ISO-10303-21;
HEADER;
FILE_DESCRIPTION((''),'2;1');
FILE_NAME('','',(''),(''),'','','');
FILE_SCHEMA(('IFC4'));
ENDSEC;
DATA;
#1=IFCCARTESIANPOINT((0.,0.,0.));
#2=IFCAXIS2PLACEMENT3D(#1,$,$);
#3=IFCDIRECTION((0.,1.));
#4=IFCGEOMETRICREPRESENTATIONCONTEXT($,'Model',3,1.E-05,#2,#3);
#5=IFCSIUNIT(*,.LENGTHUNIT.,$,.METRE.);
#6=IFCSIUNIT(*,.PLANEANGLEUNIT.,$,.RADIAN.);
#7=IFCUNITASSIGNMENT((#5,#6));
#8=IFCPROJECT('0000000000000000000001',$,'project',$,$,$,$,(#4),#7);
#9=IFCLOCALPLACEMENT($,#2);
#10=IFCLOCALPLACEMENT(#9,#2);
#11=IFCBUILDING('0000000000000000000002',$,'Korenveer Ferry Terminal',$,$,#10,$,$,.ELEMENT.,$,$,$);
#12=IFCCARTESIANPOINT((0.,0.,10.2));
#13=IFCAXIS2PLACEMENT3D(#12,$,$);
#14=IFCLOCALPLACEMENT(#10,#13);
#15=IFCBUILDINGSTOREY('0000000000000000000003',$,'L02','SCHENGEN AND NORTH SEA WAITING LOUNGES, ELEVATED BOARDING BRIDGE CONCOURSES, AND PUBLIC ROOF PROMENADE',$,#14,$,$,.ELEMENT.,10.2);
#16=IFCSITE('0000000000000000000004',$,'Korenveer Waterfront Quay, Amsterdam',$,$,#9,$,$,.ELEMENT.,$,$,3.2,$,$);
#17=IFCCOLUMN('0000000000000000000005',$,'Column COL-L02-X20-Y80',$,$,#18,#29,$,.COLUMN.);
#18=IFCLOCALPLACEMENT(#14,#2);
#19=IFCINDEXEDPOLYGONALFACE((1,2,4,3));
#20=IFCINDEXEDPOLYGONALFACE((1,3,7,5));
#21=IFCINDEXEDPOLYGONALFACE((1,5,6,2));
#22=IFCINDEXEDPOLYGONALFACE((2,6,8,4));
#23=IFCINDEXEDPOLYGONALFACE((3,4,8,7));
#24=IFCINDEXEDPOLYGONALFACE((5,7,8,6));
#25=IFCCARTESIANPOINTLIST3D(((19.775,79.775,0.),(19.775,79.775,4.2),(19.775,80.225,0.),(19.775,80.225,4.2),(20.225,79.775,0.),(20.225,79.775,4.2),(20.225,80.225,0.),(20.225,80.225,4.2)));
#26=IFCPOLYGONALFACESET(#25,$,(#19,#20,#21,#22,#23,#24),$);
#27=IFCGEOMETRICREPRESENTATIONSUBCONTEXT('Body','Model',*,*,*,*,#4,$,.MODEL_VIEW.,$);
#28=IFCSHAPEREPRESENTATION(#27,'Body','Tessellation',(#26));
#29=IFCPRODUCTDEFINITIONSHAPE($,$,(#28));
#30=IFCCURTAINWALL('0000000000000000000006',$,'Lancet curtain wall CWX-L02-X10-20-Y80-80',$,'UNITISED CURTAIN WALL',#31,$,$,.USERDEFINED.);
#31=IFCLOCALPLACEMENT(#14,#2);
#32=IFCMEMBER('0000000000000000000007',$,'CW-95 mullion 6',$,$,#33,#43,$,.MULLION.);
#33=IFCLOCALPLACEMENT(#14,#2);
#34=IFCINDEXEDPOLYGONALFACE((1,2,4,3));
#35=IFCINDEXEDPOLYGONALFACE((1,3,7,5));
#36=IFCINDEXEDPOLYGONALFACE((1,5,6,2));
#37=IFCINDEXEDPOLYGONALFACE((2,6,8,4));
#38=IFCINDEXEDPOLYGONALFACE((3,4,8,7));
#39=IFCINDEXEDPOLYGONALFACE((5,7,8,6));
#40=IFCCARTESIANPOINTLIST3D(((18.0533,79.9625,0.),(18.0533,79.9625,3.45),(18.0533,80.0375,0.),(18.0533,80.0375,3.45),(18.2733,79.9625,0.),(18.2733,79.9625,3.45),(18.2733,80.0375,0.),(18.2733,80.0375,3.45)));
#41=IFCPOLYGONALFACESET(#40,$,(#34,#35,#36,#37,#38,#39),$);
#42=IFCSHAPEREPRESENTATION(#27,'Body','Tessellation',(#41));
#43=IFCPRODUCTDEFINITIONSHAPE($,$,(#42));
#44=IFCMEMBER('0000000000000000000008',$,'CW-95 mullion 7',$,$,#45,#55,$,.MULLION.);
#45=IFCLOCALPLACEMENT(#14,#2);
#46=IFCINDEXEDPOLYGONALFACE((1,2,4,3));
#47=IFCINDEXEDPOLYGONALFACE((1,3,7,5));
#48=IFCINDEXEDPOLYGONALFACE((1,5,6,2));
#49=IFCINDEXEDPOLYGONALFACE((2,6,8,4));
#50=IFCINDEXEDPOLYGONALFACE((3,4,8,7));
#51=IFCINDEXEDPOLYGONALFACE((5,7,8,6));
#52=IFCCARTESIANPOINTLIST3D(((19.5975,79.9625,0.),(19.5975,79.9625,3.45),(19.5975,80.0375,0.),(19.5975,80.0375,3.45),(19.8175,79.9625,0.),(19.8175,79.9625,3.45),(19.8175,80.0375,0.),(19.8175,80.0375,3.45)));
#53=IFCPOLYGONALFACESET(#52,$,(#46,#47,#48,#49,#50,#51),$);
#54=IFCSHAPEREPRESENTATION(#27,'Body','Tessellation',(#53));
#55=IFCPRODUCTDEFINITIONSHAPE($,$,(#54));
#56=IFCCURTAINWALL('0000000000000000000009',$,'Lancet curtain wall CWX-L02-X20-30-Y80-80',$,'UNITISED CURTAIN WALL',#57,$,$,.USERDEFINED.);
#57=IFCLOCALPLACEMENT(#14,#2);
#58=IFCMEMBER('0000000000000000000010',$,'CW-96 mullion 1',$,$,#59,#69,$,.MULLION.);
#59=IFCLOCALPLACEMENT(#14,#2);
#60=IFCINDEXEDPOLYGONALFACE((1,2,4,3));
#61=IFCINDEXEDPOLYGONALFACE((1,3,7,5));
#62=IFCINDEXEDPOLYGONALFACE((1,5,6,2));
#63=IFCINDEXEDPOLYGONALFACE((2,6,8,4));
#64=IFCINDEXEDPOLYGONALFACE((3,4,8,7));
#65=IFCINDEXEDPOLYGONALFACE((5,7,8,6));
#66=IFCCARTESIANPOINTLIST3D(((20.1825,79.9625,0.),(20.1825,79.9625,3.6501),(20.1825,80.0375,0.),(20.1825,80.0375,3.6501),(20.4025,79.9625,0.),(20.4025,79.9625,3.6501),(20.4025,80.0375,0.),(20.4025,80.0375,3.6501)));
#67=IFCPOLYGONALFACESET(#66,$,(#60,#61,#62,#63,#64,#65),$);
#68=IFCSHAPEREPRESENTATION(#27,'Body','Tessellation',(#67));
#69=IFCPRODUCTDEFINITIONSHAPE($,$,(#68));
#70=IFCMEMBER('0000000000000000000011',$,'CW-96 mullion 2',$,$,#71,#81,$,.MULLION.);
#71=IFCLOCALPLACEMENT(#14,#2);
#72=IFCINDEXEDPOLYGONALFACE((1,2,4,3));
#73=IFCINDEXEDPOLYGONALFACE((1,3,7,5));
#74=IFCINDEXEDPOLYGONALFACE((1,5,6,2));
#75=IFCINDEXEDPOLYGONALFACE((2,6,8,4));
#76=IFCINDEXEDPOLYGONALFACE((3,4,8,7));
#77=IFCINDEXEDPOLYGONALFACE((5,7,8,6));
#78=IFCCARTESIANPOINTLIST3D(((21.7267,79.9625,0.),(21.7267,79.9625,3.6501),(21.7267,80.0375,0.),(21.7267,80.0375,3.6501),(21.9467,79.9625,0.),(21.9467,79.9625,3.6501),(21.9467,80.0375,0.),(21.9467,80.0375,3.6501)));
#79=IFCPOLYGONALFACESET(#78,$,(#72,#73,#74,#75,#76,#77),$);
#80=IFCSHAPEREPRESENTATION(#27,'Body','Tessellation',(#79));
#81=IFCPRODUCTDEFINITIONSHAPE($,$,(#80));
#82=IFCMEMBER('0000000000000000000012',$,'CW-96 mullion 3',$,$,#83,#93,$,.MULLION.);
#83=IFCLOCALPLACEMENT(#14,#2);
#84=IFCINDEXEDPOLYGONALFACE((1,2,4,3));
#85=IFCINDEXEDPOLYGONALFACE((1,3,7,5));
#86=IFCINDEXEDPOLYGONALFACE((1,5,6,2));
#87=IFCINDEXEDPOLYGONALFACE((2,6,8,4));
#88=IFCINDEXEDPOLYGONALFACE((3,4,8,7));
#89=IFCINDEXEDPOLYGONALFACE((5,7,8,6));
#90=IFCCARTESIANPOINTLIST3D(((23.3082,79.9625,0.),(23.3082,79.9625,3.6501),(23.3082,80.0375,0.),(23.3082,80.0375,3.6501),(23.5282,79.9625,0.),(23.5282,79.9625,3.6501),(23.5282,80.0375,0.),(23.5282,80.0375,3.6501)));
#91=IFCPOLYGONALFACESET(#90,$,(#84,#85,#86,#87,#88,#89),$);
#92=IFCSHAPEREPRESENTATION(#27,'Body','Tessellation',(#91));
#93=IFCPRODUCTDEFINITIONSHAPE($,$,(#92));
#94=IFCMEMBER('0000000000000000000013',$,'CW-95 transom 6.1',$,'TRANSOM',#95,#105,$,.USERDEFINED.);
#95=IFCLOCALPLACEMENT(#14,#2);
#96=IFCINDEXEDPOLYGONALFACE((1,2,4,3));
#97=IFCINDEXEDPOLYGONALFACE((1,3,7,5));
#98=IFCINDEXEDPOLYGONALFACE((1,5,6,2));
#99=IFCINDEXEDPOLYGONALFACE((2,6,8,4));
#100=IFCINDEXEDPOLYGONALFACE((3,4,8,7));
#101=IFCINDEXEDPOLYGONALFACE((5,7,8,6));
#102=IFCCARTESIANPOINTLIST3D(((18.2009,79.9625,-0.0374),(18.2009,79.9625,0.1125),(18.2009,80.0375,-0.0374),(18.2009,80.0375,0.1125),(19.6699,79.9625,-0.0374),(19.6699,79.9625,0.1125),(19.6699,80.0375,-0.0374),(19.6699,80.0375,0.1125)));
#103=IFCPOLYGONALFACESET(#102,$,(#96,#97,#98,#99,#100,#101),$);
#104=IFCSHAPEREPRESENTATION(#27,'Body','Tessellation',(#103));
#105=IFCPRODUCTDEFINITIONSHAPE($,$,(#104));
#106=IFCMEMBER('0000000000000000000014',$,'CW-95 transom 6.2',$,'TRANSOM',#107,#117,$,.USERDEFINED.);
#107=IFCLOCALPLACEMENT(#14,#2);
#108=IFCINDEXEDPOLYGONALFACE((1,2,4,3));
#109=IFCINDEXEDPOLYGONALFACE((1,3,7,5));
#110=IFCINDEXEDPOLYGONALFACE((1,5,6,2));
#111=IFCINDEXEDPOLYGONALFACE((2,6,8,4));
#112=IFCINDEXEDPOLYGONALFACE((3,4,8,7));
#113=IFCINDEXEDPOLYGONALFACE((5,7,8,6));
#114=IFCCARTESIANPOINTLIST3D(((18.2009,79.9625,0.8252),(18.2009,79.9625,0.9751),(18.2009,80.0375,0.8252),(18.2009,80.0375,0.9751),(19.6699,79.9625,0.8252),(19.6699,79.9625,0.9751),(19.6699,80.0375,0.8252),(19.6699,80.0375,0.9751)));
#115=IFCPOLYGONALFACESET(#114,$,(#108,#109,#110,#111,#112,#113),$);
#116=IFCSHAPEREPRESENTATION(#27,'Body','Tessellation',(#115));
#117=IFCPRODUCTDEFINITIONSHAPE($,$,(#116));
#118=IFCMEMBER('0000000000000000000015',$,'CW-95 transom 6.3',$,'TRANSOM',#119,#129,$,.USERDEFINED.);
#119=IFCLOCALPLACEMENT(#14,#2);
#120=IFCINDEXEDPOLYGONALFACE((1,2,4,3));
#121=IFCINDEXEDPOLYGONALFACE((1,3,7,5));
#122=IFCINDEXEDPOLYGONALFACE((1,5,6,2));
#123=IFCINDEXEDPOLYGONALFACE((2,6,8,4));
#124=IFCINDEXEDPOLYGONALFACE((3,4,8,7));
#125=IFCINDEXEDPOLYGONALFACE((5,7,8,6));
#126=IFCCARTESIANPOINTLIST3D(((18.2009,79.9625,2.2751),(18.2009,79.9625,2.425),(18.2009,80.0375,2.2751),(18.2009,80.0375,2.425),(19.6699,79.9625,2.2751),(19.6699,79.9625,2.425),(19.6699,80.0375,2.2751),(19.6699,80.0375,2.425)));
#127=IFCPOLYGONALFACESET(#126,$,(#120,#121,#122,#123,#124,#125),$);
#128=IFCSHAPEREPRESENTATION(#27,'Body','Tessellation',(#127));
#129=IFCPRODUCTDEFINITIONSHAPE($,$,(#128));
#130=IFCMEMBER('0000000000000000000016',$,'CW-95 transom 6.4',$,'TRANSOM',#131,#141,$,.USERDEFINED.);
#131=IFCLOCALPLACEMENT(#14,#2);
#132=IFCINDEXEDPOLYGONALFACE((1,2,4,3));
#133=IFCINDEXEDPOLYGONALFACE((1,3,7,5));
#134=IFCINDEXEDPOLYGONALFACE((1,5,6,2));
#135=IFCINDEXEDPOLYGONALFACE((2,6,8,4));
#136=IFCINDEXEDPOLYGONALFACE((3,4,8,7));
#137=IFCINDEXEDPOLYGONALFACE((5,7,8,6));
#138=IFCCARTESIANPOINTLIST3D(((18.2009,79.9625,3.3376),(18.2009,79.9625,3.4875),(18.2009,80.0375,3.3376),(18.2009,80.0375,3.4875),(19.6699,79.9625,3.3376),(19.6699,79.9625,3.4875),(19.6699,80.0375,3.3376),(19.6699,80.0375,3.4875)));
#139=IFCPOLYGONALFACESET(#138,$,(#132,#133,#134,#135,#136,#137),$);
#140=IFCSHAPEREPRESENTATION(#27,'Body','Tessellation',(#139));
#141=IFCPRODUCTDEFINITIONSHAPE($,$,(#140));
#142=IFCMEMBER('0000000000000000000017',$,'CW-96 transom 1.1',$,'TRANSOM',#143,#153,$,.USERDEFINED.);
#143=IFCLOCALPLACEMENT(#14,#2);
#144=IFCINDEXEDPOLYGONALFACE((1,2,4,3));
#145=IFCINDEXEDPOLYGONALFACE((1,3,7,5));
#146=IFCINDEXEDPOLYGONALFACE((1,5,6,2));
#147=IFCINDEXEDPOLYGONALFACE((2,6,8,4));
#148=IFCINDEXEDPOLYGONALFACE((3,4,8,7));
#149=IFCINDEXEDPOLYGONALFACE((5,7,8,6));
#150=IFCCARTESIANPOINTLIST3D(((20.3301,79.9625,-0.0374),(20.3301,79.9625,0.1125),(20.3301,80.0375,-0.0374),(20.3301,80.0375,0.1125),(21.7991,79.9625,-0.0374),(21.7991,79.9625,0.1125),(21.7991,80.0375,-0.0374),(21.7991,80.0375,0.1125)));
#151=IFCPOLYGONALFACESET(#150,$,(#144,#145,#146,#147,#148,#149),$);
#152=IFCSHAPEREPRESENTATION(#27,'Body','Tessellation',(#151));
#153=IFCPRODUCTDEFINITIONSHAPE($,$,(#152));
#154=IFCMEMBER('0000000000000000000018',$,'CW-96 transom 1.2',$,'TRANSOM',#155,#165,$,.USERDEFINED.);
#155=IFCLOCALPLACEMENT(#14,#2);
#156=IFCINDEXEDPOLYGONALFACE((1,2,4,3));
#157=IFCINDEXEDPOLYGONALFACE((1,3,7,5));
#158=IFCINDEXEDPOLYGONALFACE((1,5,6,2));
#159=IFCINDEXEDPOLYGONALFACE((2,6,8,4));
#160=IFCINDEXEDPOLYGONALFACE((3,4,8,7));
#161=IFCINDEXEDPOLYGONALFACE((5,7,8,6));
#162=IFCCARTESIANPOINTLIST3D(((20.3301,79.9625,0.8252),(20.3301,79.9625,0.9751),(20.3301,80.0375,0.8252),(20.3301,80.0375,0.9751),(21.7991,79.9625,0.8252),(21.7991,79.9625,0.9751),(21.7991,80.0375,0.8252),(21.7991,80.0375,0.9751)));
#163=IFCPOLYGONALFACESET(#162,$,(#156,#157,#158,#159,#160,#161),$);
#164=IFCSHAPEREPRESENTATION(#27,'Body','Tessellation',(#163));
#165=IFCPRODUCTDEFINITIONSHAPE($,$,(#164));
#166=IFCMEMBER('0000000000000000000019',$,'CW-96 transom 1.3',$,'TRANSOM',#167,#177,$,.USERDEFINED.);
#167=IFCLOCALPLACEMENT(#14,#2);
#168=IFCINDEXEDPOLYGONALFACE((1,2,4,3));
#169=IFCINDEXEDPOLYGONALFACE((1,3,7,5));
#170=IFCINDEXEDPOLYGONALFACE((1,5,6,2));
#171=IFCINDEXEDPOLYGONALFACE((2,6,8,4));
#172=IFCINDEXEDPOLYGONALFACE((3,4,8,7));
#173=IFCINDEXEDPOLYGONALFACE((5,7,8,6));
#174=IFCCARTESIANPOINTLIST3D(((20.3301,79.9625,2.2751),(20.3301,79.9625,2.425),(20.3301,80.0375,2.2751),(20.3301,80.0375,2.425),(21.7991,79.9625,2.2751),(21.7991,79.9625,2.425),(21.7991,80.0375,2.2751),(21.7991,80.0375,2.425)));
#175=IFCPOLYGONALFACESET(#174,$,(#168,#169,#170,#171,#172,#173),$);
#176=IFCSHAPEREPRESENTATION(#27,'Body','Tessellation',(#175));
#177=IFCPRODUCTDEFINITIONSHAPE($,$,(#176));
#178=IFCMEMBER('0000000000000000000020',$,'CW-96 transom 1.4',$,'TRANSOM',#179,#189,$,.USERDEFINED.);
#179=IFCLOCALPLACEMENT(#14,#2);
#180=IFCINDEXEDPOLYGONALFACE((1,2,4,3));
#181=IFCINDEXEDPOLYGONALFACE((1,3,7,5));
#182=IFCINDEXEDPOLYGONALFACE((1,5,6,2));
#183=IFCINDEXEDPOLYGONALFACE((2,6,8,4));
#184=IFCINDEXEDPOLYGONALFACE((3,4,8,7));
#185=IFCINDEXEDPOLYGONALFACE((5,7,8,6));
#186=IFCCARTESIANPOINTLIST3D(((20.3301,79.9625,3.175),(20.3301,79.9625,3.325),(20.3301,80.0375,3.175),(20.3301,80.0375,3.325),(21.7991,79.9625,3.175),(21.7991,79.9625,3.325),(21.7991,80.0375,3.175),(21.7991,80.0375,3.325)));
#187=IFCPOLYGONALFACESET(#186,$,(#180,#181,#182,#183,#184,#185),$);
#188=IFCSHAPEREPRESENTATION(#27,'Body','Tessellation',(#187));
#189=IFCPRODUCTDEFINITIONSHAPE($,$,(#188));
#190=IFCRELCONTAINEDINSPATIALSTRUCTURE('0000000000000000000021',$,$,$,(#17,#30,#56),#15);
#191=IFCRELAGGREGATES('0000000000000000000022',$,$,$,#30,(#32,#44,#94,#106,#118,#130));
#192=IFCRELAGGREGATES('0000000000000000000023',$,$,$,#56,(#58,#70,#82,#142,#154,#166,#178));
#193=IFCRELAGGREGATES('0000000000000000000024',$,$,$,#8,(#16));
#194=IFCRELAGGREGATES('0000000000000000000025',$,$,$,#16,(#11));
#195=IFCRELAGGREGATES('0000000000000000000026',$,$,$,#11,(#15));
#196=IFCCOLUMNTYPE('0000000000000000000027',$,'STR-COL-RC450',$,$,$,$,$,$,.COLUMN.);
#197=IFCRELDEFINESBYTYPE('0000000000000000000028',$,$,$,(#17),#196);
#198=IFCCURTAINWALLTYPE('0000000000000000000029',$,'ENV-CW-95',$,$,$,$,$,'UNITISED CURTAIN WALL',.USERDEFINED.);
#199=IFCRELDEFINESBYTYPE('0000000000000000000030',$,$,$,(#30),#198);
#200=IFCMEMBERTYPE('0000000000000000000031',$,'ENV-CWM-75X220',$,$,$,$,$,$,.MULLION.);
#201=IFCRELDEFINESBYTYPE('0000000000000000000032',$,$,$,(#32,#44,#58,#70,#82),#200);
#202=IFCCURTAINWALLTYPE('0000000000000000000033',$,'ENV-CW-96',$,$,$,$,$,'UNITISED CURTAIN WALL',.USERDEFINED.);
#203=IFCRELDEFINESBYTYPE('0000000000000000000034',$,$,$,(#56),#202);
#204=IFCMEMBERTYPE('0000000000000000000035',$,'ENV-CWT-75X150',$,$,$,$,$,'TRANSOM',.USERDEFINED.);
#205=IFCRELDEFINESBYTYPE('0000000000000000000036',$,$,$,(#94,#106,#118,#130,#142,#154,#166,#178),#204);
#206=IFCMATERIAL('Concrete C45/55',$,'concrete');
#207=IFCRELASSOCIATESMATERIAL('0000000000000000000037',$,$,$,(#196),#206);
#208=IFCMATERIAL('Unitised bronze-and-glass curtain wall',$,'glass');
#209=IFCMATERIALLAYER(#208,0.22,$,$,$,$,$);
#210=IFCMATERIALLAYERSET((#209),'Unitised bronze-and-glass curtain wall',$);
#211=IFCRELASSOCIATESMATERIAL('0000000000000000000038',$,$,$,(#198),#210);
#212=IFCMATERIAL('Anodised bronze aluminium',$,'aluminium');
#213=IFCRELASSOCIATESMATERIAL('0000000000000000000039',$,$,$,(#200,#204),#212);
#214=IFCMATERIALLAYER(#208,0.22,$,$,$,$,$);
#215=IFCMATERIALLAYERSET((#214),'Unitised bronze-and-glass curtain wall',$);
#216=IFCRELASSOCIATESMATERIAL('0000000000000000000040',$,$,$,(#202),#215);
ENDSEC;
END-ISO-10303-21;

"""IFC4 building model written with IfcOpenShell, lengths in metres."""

from ifc_helpers import new_model, si_unit, direction, frame, origin, origin_2d, place, context, subcontext, project, spatial, rectangle, extrude, material, layer, layer_set, material_profile, profile_set, type_object, element, aggregate, save


model = new_model("IFC4")

# Units and contexts
model_context = context("Model", 3, precision=1e-05, world=origin(), true_north=direction((0.0, 1.0)))
body_context = subcontext(model_context, "Body", "Model", "MODEL_VIEW")
ifc_project = project(units=[si_unit("LENGTHUNIT", "METRE"), si_unit("PLANEANGLEUNIT", "RADIAN")], contexts=[model_context])

# Site, building, storey
site_placement = place(None, origin())
site = spatial("IfcSite", under=ifc_project, at=site_placement, Name="Korenveer Waterfront Quay, Amsterdam", CompositionType="ELEMENT", RefElevation=3.2)
building_placement = place(site_placement, origin())
building = spatial("IfcBuilding", under=site, at=building_placement, Name="Korenveer Ferry Terminal", CompositionType="ELEMENT")
storey_placement = place(building_placement, frame((0.0, 0.0, 10.2)))
storey = spatial("IfcBuildingStorey", under=building, at=storey_placement, Name="L02", Description="SCHENGEN AND NORTH SEA WAITING LOUNGES, ELEVATED BOARDING BRIDGE CONCOURSES, AND PUBLIC ROOF PROMENADE", CompositionType="ELEMENT", Elevation=10.2)

# Column
ifc_material_1 = material(Name="Concrete C45/55", Category="concrete")
ifc_material_profile_1 = material_profile(ifc_material_1, rectangle(XDim=0.45, YDim=0.45, at=origin_2d()), Name="RC 450x450")
ifc_profile_set_1 = profile_set([ifc_material_profile_1], Name="Concrete C45/55")
column_type = type_object("IfcColumnType", Name="STR-COL-RC450", PredefinedType="COLUMN", material=ifc_profile_set_1)
column_placement = place(storey_placement, frame((20.0, 80.0, 0.0), z_axis=(0.0, 0.0, 1.0), x_axis=(1.0, 0.0, 0.0)))
element("IfcColumn", 1, at=column_placement, inside=storey, type_object=column_type, Name="Column COL-L02-X20-Y80", PredefinedType="COLUMN", context=body_context, shape_type="SweptSolid", body=[
    extrude(rectangle(XDim=0.45, YDim=0.45, at=origin_2d()), origin(), (0.0, 0.0, 1.0), 4.2),
])

# Curtain walls, members
ifc_material_2 = material(Name="Unitised bronze-and-glass curtain wall", Category="glass")
ifc_layer_1 = layer(ifc_material_2, 0.22)
ifc_layer_set_1 = layer_set([ifc_layer_1], Name="Unitised bronze-and-glass curtain wall")
curtain_wall_type_1 = type_object("IfcCurtainWallType", Name="ENV-CW-95", ElementType="UNITISED CURTAIN WALL", PredefinedType="USERDEFINED", material=ifc_layer_set_1)
curtain_wall_1_placement = place(storey_placement, frame((10.2549, 80.0, 0.0)))
curtain_wall_1 = element("IfcCurtainWall", 2, at=curtain_wall_1_placement, inside=storey, type_object=curtain_wall_type_1, Name="Lancet curtain wall CWX-L02-X10-20-Y80-80", ObjectType="UNITISED CURTAIN WALL", PredefinedType="USERDEFINED")
ifc_material_3 = material(Name="Anodised bronze aluminium", Category="aluminium")
ifc_material_profile_2 = material_profile(ifc_material_3, rectangle(XDim=0.075, YDim=0.22, at=origin_2d()), Name="ALU 75x220")
ifc_profile_set_2 = profile_set([ifc_material_profile_2], Name="Anodised bronze aluminium")
member_type_1 = type_object("IfcMemberType", Name="ENV-CWM-75X220", PredefinedType="MULLION", material=ifc_profile_set_2)
member_1_placement = place(storey_placement, frame((18.1633, 80.0, 0.0), z_axis=(0.0, 0.0, 1.0), x_axis=(0.0, 1.0, 0.0)))
member_1 = element("IfcMember", 3, at=member_1_placement, type_object=member_type_1, Name="CW-95 mullion 6", PredefinedType="MULLION", context=body_context, shape_type="SweptSolid", body=[
    extrude(rectangle(XDim=0.075, YDim=0.22, at=origin_2d()), origin(), (0.0, 0.0, 1.0), 3.45),
])
member_2_placement = place(storey_placement, frame((19.7075, 80.0, 0.0), z_axis=(0.0, 0.0, 1.0), x_axis=(0.0, 1.0, 0.0)))
member_2 = element("IfcMember", 4, at=member_2_placement, type_object=member_type_1, Name="CW-95 mullion 7", PredefinedType="MULLION", context=body_context, shape_type="SweptSolid", body=[
    extrude(rectangle(XDim=0.075, YDim=0.22, at=origin_2d()), origin(), (0.0, 0.0, 1.0), 3.45),
])
ifc_layer_2 = layer(ifc_material_2, 0.22)
ifc_layer_set_2 = layer_set([ifc_layer_2], Name="Unitised bronze-and-glass curtain wall")
curtain_wall_type_2 = type_object("IfcCurtainWallType", Name="ENV-CW-96", ElementType="UNITISED CURTAIN WALL", PredefinedType="USERDEFINED", material=ifc_layer_set_2)
curtain_wall_2_placement = place(storey_placement, frame((20.2549, 80.0, 0.0)))
curtain_wall_2 = element("IfcCurtainWall", 5, at=curtain_wall_2_placement, inside=storey, type_object=curtain_wall_type_2, Name="Lancet curtain wall CWX-L02-X20-30-Y80-80", ObjectType="UNITISED CURTAIN WALL", PredefinedType="USERDEFINED")
member_3_placement = place(storey_placement, frame((20.2925, 80.0, 0.0), z_axis=(0.0, 0.0, 1.0), x_axis=(0.0, 1.0, 0.0)))
member_3 = element("IfcMember", 6, at=member_3_placement, type_object=member_type_1, Name="CW-96 mullion 1", PredefinedType="MULLION", context=body_context, shape_type="SweptSolid", body=[
    extrude(rectangle(XDim=0.075, YDim=0.22, at=origin_2d()), origin(), (0.0, 0.0, 1.0), 3.6501),
])
member_4_placement = place(storey_placement, frame((21.8367, 80.0, 0.0), z_axis=(0.0, 0.0, 1.0), x_axis=(0.0, 1.0, 0.0)))
member_4 = element("IfcMember", 7, at=member_4_placement, type_object=member_type_1, Name="CW-96 mullion 2", PredefinedType="MULLION", context=body_context, shape_type="SweptSolid", body=[
    extrude(rectangle(XDim=0.075, YDim=0.22, at=origin_2d()), origin(), (0.0, 0.0, 1.0), 3.6501),
])
member_5_placement = place(storey_placement, frame((23.4182, 80.0, 0.0), z_axis=(0.0, 0.0, 1.0), x_axis=(0.0, 1.0, 0.0)))
member_5 = element("IfcMember", 8, at=member_5_placement, type_object=member_type_1, Name="CW-96 mullion 3", PredefinedType="MULLION", context=body_context, shape_type="SweptSolid", body=[
    extrude(rectangle(XDim=0.075, YDim=0.22, at=origin_2d()), origin(), (0.0, 0.0, 1.0), 3.6501),
])

# Members
ifc_material_profile_3 = material_profile(ifc_material_3, rectangle(XDim=0.075, YDim=0.1499, at=origin_2d()), Name="ALU 75x150")
ifc_profile_set_3 = profile_set([ifc_material_profile_3], Name="Anodised bronze aluminium")
member_type_2 = type_object("IfcMemberType", Name="ENV-CWT-75X150", ElementType="TRANSOM", PredefinedType="USERDEFINED", material=ifc_profile_set_3)
member_6_placement = place(storey_placement, frame((18.2009, 80.0, 0.0376), z_axis=(1.0, 0.0, 0.0), x_axis=(0.0, 1.0, 0.0)))
member_6 = element("IfcMember", 9, at=member_6_placement, type_object=member_type_2, Name="CW-95 transom 6.1", ObjectType="TRANSOM", PredefinedType="USERDEFINED", context=body_context, shape_type="SweptSolid", body=[
    extrude(rectangle(XDim=0.075, YDim=0.1499, at=origin_2d()), origin(), (0.0, 0.0, 1.0), 1.469),
])
member_7_placement = place(storey_placement, frame((18.2009, 80.0, 0.9001), z_axis=(1.0, 0.0, 0.0), x_axis=(0.0, 1.0, 0.0)))
member_7 = element("IfcMember", 10, at=member_7_placement, type_object=member_type_2, Name="CW-95 transom 6.2", ObjectType="TRANSOM", PredefinedType="USERDEFINED", context=body_context, shape_type="SweptSolid", body=[
    extrude(rectangle(XDim=0.075, YDim=0.1499, at=origin_2d()), origin(), (0.0, 0.0, 1.0), 1.469),
])
member_8_placement = place(storey_placement, frame((18.2009, 80.0, 2.3501), z_axis=(1.0, 0.0, 0.0), x_axis=(0.0, 1.0, 0.0)))
member_8 = element("IfcMember", 11, at=member_8_placement, type_object=member_type_2, Name="CW-95 transom 6.3", ObjectType="TRANSOM", PredefinedType="USERDEFINED", context=body_context, shape_type="SweptSolid", body=[
    extrude(rectangle(XDim=0.075, YDim=0.1499, at=origin_2d()), origin(), (0.0, 0.0, 1.0), 1.469),
])
member_9_placement = place(storey_placement, frame((18.2009, 80.0, 3.4126), z_axis=(1.0, 0.0, 0.0), x_axis=(0.0, 1.0, 0.0)))
member_9 = element("IfcMember", 12, at=member_9_placement, type_object=member_type_2, Name="CW-95 transom 6.4", ObjectType="TRANSOM", PredefinedType="USERDEFINED", context=body_context, shape_type="SweptSolid", body=[
    extrude(rectangle(XDim=0.075, YDim=0.1499, at=origin_2d()), origin(), (0.0, 0.0, 1.0), 1.469),
])
member_10_placement = place(storey_placement, frame((20.3301, 80.0, 0.0376), z_axis=(1.0, 0.0, 0.0), x_axis=(0.0, 1.0, 0.0)))
member_10 = element("IfcMember", 13, at=member_10_placement, type_object=member_type_2, Name="CW-96 transom 1.1", ObjectType="TRANSOM", PredefinedType="USERDEFINED", context=body_context, shape_type="SweptSolid", body=[
    extrude(rectangle(XDim=0.075, YDim=0.1499, at=origin_2d()), origin(), (0.0, 0.0, 1.0), 1.469),
])
member_11_placement = place(storey_placement, frame((20.3301, 80.0, 0.9001), z_axis=(1.0, 0.0, 0.0), x_axis=(0.0, 1.0, 0.0)))
member_11 = element("IfcMember", 14, at=member_11_placement, type_object=member_type_2, Name="CW-96 transom 1.2", ObjectType="TRANSOM", PredefinedType="USERDEFINED", context=body_context, shape_type="SweptSolid", body=[
    extrude(rectangle(XDim=0.075, YDim=0.1499, at=origin_2d()), origin(), (0.0, 0.0, 1.0), 1.469),
])
member_12_placement = place(storey_placement, frame((20.3301, 80.0, 2.3501), z_axis=(1.0, 0.0, 0.0), x_axis=(0.0, 1.0, 0.0)))
member_12 = element("IfcMember", 15, at=member_12_placement, type_object=member_type_2, Name="CW-96 transom 1.3", ObjectType="TRANSOM", PredefinedType="USERDEFINED", context=body_context, shape_type="SweptSolid", body=[
    extrude(rectangle(XDim=0.075, YDim=0.1499, at=origin_2d()), origin(), (0.0, 0.0, 1.0), 1.469),
])
member_13_placement = place(storey_placement, frame((20.3301, 80.0, 3.25), z_axis=(1.0, 0.0, 0.0), x_axis=(0.0, 1.0, 0.0)))
member_13 = element("IfcMember", 16, at=member_13_placement, type_object=member_type_2, Name="CW-96 transom 1.4", ObjectType="TRANSOM", PredefinedType="USERDEFINED", context=body_context, shape_type="SweptSolid", body=[
    extrude(rectangle(XDim=0.075, YDim=0.1499, at=origin_2d()), origin(), (0.0, 0.0, 1.0), 1.469),
])

aggregate(curtain_wall_1, [member_1, member_2, member_6, member_7, member_8, member_9])
aggregate(curtain_wall_2, [member_3, member_4, member_5, member_10, member_11, member_12, member_13])

save(model, "model.ifc")
